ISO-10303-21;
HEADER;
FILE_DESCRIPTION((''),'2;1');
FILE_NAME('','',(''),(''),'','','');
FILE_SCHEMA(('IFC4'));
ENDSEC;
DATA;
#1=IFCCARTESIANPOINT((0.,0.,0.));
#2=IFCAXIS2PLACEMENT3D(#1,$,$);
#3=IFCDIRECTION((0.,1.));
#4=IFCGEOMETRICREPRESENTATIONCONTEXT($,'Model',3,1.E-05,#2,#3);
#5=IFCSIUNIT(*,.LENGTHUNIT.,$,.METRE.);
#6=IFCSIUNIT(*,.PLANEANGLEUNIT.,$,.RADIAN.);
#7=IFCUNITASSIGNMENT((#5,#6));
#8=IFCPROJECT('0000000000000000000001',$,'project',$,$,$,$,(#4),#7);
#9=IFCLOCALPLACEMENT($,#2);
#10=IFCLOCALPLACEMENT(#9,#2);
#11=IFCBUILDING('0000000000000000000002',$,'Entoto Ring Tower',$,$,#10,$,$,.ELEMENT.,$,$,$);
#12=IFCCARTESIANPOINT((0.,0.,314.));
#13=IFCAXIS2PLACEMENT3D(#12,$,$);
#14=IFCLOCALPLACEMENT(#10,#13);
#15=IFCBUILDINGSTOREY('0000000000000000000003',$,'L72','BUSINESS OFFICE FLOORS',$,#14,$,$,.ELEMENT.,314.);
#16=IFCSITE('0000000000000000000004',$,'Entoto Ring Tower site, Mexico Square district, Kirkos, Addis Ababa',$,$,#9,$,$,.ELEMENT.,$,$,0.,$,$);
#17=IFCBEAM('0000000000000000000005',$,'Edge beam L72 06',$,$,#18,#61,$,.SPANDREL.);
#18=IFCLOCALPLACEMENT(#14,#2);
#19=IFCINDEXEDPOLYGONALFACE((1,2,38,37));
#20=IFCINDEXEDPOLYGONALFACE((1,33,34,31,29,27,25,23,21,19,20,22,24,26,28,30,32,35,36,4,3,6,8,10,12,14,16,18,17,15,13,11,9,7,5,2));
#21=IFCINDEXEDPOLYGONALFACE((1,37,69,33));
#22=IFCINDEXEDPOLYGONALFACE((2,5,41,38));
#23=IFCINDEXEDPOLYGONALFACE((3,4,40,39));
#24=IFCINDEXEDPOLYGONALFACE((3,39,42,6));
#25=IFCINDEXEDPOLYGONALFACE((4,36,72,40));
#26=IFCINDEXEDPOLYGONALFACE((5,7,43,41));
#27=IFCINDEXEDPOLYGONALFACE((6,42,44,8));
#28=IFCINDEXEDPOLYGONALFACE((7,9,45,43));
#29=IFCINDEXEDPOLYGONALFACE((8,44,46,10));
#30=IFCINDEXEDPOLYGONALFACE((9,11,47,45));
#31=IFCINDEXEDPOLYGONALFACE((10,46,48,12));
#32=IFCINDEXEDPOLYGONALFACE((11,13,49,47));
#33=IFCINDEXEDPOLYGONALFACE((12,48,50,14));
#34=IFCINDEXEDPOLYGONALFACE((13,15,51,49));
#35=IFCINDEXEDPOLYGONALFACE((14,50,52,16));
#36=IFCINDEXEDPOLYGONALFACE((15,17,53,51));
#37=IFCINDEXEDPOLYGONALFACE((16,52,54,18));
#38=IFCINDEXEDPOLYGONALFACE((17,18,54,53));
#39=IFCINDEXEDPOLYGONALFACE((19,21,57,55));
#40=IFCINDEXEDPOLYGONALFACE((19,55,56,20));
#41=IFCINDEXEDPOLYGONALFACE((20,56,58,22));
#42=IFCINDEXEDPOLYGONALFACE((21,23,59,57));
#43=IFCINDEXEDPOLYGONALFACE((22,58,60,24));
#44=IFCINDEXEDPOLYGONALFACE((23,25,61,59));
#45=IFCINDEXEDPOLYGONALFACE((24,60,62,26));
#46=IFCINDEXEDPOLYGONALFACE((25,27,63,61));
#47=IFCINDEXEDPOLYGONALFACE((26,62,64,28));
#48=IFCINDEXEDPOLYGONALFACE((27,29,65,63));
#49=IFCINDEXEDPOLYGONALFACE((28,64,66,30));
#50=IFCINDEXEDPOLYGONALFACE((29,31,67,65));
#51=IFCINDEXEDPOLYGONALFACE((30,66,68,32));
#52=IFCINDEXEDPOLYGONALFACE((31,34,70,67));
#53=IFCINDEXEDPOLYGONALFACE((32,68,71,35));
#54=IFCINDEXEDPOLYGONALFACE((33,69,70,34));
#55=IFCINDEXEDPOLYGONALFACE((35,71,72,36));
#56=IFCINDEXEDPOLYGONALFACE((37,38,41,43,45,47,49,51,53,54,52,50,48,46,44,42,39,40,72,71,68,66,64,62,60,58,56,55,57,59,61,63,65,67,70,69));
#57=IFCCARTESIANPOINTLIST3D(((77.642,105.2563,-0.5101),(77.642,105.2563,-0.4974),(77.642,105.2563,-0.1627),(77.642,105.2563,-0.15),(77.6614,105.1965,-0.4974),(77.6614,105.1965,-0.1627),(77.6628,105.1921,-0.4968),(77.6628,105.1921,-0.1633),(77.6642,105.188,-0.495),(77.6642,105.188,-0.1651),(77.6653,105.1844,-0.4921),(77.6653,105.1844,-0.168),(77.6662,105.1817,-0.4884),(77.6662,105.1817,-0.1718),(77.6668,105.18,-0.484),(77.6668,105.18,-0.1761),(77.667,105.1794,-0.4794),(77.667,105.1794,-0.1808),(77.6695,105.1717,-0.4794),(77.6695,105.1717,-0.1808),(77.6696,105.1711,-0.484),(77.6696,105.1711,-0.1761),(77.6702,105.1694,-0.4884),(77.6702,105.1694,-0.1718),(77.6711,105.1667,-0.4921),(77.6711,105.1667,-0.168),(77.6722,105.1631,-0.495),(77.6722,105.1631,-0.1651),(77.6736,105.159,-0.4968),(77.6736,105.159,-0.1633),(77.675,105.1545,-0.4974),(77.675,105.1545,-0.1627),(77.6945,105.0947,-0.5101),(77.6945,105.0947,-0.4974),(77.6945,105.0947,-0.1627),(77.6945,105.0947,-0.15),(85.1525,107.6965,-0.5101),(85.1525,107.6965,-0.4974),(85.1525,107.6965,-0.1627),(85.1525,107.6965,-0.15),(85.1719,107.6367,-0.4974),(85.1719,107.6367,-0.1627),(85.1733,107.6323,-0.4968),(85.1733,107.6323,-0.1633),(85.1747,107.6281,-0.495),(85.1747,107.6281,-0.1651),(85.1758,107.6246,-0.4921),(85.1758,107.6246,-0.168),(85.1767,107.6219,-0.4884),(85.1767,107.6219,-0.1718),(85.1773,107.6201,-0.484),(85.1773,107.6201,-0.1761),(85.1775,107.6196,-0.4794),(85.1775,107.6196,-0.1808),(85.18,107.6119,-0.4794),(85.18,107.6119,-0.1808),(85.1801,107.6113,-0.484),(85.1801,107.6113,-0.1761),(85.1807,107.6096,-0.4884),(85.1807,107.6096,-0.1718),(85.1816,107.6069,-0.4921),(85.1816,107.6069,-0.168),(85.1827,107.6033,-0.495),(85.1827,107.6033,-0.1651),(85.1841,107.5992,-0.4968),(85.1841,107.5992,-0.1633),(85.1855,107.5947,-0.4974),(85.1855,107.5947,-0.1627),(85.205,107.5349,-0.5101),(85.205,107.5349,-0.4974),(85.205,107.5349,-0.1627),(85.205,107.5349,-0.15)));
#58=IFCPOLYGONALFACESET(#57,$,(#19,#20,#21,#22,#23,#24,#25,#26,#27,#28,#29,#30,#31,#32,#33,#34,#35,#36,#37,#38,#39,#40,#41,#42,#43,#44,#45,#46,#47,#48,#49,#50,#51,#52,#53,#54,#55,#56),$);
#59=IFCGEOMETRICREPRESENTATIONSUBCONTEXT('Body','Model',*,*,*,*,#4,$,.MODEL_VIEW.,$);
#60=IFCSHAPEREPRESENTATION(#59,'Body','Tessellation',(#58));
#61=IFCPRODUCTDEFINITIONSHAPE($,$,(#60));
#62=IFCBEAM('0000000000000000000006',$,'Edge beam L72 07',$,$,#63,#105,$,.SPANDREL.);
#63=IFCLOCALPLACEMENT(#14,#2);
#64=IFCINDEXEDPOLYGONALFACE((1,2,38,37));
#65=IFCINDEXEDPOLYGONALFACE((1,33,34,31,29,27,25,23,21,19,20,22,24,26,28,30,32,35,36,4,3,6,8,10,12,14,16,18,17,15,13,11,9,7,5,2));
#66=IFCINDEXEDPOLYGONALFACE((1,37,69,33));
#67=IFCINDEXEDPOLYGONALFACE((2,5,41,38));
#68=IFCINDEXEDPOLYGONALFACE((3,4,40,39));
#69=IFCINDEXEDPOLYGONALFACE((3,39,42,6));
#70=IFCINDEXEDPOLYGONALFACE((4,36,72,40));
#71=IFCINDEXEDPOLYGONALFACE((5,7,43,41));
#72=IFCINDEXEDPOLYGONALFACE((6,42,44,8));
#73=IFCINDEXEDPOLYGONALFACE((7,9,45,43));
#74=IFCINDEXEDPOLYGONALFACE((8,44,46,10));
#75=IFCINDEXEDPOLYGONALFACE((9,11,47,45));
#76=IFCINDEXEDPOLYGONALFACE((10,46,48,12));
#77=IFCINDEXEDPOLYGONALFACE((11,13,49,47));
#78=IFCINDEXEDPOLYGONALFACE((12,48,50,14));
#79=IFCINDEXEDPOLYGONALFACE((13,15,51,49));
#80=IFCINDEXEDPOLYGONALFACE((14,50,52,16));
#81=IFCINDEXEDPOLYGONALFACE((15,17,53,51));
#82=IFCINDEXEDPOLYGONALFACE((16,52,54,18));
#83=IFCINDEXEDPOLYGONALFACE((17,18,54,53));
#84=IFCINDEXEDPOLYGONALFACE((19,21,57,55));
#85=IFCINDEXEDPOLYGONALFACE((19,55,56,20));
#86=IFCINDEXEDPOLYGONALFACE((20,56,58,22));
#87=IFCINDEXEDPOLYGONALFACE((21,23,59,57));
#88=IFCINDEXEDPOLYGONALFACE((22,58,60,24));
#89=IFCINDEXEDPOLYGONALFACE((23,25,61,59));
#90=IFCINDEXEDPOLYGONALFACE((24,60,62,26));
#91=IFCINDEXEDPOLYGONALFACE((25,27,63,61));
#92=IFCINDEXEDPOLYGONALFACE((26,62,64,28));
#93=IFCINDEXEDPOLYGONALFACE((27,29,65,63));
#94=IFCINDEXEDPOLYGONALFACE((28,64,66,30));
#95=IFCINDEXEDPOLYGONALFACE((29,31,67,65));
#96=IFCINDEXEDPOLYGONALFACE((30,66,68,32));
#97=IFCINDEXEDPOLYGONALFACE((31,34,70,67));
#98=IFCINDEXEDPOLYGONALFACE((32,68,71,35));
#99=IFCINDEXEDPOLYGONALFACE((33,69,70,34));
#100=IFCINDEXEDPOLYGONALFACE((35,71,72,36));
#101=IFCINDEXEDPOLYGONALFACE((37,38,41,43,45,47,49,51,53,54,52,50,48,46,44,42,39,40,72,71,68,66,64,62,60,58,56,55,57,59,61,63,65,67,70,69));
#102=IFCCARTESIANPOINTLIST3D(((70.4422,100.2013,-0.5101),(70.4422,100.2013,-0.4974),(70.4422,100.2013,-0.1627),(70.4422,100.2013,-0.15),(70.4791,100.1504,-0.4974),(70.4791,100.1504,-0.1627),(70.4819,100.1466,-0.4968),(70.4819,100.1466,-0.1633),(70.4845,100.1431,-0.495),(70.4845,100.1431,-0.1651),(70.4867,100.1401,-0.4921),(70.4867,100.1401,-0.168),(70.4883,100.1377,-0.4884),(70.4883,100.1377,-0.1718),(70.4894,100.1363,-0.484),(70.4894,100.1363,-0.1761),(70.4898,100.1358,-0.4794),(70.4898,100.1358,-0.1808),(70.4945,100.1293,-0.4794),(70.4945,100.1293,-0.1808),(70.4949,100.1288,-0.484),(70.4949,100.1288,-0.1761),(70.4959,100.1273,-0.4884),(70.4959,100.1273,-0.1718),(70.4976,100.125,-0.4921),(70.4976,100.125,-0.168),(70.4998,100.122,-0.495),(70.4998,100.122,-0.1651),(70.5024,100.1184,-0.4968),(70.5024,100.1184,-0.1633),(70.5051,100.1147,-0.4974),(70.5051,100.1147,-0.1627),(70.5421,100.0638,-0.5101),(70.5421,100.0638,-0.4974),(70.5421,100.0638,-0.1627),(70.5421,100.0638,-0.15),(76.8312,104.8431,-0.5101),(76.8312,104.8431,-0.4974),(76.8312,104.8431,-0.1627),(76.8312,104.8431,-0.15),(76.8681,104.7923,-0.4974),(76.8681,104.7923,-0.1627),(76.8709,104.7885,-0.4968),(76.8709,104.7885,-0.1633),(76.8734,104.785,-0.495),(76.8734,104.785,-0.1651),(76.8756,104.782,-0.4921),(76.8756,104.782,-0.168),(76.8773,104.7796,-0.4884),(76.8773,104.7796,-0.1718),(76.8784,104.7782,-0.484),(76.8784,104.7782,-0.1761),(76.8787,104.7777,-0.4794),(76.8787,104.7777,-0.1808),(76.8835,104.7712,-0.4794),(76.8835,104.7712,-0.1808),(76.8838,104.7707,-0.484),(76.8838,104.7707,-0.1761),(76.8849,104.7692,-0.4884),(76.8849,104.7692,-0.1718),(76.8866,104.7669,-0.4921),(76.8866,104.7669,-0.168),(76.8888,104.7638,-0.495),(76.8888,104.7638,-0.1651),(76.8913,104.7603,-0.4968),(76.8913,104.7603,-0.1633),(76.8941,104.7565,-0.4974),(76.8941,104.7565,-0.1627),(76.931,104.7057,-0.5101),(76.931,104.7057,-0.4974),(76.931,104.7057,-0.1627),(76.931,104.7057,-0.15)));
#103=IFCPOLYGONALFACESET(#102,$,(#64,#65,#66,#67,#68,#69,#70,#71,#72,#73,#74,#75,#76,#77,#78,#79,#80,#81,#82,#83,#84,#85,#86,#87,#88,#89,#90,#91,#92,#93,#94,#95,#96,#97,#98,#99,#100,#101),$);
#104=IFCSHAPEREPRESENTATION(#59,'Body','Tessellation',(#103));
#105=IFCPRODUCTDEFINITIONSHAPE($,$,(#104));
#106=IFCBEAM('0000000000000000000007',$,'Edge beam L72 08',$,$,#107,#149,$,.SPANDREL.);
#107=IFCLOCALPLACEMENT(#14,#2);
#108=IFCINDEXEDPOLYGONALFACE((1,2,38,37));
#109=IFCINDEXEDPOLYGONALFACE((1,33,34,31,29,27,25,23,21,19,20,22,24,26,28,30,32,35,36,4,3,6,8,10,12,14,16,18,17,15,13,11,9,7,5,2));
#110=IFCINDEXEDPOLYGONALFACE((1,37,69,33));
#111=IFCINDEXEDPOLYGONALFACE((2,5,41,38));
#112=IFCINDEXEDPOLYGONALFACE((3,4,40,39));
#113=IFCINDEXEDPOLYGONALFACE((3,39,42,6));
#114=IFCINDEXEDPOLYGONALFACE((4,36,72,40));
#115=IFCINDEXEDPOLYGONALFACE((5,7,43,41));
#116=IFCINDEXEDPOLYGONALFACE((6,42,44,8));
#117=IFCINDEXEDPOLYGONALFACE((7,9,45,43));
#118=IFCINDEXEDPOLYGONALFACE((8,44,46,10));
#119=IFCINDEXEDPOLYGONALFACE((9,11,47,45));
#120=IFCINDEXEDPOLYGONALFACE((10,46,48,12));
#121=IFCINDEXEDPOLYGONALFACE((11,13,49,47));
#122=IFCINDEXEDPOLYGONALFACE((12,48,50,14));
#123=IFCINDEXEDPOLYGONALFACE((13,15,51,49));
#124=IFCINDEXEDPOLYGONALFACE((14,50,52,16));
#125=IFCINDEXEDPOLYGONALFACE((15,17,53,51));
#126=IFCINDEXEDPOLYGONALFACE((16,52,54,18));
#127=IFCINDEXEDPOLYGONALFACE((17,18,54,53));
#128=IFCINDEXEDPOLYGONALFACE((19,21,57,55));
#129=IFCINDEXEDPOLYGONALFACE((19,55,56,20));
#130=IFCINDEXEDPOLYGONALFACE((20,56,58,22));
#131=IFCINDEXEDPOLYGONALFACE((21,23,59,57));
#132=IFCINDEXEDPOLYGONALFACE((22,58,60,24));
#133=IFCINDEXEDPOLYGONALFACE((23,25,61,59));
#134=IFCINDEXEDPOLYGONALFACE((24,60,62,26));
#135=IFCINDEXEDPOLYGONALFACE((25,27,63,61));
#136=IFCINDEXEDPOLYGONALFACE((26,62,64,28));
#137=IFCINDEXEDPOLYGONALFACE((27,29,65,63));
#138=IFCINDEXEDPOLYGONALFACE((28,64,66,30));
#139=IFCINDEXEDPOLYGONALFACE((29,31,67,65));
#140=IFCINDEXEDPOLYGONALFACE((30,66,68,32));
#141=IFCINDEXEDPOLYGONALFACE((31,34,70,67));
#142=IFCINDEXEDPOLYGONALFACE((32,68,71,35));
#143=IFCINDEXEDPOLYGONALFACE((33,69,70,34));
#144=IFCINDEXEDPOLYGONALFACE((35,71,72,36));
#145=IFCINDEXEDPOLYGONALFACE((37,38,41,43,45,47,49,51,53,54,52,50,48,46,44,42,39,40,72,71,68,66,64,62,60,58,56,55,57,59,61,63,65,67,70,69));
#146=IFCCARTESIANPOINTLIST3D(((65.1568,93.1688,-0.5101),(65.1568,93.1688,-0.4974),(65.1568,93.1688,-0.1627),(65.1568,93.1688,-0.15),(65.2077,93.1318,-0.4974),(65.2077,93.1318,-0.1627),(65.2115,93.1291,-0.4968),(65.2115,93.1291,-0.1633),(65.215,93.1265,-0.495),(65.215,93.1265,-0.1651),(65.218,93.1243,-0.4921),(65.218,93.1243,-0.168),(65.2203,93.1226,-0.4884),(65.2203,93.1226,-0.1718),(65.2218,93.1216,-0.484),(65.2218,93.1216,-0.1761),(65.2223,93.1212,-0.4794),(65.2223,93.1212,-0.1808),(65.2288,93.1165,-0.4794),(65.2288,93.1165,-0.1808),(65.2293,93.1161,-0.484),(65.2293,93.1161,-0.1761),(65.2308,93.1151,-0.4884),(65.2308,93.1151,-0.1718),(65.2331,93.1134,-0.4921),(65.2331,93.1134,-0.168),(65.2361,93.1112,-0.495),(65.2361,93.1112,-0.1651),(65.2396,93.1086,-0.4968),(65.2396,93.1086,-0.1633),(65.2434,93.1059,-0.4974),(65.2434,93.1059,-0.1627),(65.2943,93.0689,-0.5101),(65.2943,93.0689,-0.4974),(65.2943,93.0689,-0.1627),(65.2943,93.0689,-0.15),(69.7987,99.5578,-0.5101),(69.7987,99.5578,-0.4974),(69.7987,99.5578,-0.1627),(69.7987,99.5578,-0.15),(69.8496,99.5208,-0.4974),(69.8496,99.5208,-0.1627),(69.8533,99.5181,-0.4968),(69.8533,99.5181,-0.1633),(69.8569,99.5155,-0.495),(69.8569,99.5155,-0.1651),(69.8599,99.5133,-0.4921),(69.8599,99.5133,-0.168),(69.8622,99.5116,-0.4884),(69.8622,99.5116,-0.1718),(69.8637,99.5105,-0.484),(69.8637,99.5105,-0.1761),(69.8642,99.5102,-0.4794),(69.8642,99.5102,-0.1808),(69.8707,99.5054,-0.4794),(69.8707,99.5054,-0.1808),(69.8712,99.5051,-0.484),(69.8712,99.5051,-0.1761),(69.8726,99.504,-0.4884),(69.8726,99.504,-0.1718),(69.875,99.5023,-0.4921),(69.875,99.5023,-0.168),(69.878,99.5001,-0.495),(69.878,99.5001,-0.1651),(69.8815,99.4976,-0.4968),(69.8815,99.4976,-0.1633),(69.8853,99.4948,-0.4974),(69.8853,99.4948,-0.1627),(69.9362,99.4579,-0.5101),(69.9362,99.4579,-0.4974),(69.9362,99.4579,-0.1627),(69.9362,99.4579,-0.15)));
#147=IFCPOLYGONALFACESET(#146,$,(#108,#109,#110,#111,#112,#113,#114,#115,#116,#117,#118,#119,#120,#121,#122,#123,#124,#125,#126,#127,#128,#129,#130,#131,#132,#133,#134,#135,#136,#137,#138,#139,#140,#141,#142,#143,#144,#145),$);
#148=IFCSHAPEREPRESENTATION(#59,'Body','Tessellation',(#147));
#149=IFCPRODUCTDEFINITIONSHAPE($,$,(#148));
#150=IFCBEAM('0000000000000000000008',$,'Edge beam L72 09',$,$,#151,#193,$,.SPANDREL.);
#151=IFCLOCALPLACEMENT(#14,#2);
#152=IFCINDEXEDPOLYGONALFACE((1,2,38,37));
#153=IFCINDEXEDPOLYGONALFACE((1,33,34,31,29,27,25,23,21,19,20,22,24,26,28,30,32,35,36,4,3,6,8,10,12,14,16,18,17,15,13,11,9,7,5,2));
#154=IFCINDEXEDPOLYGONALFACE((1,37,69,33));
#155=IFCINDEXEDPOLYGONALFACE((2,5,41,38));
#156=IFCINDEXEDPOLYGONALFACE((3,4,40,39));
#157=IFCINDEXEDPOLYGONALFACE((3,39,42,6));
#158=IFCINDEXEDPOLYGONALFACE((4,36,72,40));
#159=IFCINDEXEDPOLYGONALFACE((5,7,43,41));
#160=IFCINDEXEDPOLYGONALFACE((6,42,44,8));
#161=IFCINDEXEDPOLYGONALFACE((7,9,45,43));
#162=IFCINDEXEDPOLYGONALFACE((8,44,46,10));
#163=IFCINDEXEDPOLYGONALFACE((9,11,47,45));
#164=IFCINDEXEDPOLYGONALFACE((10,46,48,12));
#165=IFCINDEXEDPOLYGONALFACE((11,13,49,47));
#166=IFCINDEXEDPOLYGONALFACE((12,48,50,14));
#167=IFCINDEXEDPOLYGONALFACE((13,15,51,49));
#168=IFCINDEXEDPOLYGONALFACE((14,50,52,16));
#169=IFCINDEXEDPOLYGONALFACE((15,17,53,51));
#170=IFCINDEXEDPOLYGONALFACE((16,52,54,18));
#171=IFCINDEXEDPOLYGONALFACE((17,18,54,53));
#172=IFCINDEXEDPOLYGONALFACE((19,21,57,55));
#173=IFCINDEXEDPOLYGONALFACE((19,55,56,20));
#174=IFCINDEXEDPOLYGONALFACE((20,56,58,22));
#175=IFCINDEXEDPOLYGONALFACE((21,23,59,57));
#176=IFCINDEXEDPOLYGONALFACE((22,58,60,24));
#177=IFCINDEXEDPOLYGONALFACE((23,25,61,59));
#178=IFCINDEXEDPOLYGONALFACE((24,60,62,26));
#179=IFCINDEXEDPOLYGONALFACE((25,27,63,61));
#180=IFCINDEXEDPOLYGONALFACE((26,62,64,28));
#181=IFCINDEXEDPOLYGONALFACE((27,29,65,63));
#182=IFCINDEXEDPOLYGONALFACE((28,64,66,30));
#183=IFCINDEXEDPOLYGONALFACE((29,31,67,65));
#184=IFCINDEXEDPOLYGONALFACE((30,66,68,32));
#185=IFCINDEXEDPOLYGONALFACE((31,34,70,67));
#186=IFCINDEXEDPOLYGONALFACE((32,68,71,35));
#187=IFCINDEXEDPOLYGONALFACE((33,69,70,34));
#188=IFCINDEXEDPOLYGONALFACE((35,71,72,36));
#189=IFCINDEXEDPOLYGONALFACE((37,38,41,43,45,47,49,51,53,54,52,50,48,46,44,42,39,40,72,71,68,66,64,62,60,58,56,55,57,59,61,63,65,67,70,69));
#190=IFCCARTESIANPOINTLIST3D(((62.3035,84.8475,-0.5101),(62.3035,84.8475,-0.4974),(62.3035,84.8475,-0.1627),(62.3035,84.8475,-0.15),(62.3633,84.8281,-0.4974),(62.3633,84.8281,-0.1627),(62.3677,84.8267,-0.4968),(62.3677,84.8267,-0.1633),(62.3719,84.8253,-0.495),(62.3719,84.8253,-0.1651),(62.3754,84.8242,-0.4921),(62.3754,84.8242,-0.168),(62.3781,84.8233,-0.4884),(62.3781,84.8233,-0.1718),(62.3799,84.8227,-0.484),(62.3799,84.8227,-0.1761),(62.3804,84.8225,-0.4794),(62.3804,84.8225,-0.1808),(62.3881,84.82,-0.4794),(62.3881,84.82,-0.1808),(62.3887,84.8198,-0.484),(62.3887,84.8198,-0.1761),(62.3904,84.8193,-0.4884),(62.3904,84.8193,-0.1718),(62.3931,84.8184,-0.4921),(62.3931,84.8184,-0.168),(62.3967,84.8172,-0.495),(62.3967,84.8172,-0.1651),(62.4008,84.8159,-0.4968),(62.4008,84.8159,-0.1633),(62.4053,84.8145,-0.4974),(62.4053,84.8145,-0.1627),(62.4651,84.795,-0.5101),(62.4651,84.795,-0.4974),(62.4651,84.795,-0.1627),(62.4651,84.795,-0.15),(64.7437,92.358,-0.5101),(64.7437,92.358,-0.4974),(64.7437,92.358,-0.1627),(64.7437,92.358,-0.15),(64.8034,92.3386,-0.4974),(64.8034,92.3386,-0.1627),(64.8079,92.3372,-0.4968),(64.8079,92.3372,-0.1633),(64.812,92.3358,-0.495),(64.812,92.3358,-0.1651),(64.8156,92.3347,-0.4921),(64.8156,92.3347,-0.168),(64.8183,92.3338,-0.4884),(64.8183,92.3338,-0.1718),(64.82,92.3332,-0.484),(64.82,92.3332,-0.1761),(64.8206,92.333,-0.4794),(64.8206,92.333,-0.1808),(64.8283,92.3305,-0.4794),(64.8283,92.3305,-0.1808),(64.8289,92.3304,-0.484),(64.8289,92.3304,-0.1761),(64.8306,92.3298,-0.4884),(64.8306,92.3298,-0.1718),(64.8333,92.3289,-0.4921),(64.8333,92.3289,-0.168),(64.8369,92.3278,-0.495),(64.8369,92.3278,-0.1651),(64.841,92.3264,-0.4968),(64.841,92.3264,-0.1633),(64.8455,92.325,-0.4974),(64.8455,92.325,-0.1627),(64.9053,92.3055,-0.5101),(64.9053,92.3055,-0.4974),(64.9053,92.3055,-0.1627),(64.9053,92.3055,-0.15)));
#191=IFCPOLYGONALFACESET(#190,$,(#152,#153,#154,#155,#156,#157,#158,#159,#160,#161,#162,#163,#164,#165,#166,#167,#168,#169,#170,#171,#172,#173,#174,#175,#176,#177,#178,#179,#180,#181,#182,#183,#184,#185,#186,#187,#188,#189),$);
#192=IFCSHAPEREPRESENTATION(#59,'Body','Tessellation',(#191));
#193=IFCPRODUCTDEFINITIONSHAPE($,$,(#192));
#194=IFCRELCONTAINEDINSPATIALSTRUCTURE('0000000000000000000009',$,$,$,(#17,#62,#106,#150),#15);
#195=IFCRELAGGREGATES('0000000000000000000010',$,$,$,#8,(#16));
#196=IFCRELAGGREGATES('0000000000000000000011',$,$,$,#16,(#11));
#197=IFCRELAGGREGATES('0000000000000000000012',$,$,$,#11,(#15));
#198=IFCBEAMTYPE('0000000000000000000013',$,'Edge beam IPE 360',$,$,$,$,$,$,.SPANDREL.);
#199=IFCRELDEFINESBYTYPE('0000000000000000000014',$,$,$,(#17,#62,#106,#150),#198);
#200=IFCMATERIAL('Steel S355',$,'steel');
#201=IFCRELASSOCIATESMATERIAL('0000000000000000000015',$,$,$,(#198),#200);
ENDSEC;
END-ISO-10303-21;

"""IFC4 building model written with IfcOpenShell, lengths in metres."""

from ifc_helpers import new_model, si_unit, direction, frame, origin, origin_2d, place, context, subcontext, project, spatial, i_section, extrude, material, material_profile, profile_set, type_object, element, save


model = new_model("IFC4")

# Units and contexts
model_context = context("Model", 3, precision=1e-05, world=origin(), true_north=direction((0.0, 1.0)))
body_context = subcontext(model_context, "Body", "Model", "MODEL_VIEW")
ifc_project = project(units=[si_unit("LENGTHUNIT", "METRE"), si_unit("PLANEANGLEUNIT", "RADIAN")], contexts=[model_context])

# Site, building, storey
site_placement = place(None, origin())
site = spatial("IfcSite", under=ifc_project, at=site_placement, Name="Entoto Ring Tower site, Mexico Square district, Kirkos, Addis Ababa", CompositionType="ELEMENT", RefElevation=0.0)
building_placement = place(site_placement, origin())
building = spatial("IfcBuilding", under=site, at=building_placement, Name="Entoto Ring Tower", CompositionType="ELEMENT")
storey_placement = place(building_placement, frame((0.0, 0.0, 314.0)))
storey = spatial("IfcBuildingStorey", under=building, at=storey_placement, Name="L72", Description="BUSINESS OFFICE FLOORS", CompositionType="ELEMENT", Elevation=314.0)

# Beams
ifc_material_1 = material(Name="Steel S355", Category="steel")
ifc_material_profile_1 = material_profile(ifc_material_1, i_section(OverallWidth=0.1699, OverallDepth=0.3601, WebThickness=0.0081, FlangeThickness=0.0127, FilletRadius=0.0181, at=origin_2d()), Name="IPE 360")
ifc_profile_set_1 = profile_set([ifc_material_profile_1], Name="Steel S355")
beam_type_1 = type_object("IfcBeamType", Name="Edge beam IPE 360", PredefinedType="SPANDREL", material=ifc_profile_set_1)
beam_1_placement = place(storey_placement, frame((85.1787, 107.6157, -0.3301), z_axis=(-0.951061, -0.309003, 0.0), x_axis=(0.309003, -0.951061, 0.0)))
element("IfcBeam", 1, at=beam_1_placement, inside=storey, type_object=beam_type_1, Name="Edge beam L72 06", PredefinedType="SPANDREL", context=body_context, shape_type="SweptSolid", body=[
    extrude(i_section(OverallWidth=0.1699, OverallDepth=0.3601, WebThickness=0.0081, FlangeThickness=0.0127, FilletRadius=0.0181, at=origin_2d()), origin(), (0.0, 0.0, 1.0), 7.897),
])
for number, where, z_axis, x_axis, name in (
    (2, (76.8811, 104.7744, -0.3301), (-0.809015, -0.587787, 0.0), (0.587787, -0.809015, 0.0), "Edge beam L72 07"),
    (3, (69.8674, 99.5078, -0.3301), (-0.587787, -0.809015, 0.0), (0.809015, -0.587787, 0.0), "Edge beam L72 08"),
):
    element("IfcBeam", number, at=place(storey_placement, frame(where, z_axis=z_axis, x_axis=x_axis)), inside=storey, type_object=beam_type_1, Name=name, PredefinedType="SPANDREL", context=body_context, shape_type="SweptSolid", body=[
        extrude(i_section(OverallWidth=0.1699, OverallDepth=0.3601, WebThickness=0.0081, FlangeThickness=0.0127, FilletRadius=0.0181, at=origin_2d()), origin(), (0.0, 0.0, 1.0), 7.8972),
    ])
beam_2_placement = place(storey_placement, frame((64.8245, 92.3318, -0.3301), z_axis=(-0.309003, -0.951061, 0.0), x_axis=(0.951061, -0.309003, 0.0)))
element("IfcBeam", 4, at=beam_2_placement, inside=storey, type_object=beam_type_1, Name="Edge beam L72 09", PredefinedType="SPANDREL", context=body_context, shape_type="SweptSolid", body=[
    extrude(i_section(OverallWidth=0.1699, OverallDepth=0.3601, WebThickness=0.0081, FlangeThickness=0.0127, FilletRadius=0.0181, at=origin_2d()), origin(), (0.0, 0.0, 1.0), 7.897),
])

save(model, "model.ifc")
